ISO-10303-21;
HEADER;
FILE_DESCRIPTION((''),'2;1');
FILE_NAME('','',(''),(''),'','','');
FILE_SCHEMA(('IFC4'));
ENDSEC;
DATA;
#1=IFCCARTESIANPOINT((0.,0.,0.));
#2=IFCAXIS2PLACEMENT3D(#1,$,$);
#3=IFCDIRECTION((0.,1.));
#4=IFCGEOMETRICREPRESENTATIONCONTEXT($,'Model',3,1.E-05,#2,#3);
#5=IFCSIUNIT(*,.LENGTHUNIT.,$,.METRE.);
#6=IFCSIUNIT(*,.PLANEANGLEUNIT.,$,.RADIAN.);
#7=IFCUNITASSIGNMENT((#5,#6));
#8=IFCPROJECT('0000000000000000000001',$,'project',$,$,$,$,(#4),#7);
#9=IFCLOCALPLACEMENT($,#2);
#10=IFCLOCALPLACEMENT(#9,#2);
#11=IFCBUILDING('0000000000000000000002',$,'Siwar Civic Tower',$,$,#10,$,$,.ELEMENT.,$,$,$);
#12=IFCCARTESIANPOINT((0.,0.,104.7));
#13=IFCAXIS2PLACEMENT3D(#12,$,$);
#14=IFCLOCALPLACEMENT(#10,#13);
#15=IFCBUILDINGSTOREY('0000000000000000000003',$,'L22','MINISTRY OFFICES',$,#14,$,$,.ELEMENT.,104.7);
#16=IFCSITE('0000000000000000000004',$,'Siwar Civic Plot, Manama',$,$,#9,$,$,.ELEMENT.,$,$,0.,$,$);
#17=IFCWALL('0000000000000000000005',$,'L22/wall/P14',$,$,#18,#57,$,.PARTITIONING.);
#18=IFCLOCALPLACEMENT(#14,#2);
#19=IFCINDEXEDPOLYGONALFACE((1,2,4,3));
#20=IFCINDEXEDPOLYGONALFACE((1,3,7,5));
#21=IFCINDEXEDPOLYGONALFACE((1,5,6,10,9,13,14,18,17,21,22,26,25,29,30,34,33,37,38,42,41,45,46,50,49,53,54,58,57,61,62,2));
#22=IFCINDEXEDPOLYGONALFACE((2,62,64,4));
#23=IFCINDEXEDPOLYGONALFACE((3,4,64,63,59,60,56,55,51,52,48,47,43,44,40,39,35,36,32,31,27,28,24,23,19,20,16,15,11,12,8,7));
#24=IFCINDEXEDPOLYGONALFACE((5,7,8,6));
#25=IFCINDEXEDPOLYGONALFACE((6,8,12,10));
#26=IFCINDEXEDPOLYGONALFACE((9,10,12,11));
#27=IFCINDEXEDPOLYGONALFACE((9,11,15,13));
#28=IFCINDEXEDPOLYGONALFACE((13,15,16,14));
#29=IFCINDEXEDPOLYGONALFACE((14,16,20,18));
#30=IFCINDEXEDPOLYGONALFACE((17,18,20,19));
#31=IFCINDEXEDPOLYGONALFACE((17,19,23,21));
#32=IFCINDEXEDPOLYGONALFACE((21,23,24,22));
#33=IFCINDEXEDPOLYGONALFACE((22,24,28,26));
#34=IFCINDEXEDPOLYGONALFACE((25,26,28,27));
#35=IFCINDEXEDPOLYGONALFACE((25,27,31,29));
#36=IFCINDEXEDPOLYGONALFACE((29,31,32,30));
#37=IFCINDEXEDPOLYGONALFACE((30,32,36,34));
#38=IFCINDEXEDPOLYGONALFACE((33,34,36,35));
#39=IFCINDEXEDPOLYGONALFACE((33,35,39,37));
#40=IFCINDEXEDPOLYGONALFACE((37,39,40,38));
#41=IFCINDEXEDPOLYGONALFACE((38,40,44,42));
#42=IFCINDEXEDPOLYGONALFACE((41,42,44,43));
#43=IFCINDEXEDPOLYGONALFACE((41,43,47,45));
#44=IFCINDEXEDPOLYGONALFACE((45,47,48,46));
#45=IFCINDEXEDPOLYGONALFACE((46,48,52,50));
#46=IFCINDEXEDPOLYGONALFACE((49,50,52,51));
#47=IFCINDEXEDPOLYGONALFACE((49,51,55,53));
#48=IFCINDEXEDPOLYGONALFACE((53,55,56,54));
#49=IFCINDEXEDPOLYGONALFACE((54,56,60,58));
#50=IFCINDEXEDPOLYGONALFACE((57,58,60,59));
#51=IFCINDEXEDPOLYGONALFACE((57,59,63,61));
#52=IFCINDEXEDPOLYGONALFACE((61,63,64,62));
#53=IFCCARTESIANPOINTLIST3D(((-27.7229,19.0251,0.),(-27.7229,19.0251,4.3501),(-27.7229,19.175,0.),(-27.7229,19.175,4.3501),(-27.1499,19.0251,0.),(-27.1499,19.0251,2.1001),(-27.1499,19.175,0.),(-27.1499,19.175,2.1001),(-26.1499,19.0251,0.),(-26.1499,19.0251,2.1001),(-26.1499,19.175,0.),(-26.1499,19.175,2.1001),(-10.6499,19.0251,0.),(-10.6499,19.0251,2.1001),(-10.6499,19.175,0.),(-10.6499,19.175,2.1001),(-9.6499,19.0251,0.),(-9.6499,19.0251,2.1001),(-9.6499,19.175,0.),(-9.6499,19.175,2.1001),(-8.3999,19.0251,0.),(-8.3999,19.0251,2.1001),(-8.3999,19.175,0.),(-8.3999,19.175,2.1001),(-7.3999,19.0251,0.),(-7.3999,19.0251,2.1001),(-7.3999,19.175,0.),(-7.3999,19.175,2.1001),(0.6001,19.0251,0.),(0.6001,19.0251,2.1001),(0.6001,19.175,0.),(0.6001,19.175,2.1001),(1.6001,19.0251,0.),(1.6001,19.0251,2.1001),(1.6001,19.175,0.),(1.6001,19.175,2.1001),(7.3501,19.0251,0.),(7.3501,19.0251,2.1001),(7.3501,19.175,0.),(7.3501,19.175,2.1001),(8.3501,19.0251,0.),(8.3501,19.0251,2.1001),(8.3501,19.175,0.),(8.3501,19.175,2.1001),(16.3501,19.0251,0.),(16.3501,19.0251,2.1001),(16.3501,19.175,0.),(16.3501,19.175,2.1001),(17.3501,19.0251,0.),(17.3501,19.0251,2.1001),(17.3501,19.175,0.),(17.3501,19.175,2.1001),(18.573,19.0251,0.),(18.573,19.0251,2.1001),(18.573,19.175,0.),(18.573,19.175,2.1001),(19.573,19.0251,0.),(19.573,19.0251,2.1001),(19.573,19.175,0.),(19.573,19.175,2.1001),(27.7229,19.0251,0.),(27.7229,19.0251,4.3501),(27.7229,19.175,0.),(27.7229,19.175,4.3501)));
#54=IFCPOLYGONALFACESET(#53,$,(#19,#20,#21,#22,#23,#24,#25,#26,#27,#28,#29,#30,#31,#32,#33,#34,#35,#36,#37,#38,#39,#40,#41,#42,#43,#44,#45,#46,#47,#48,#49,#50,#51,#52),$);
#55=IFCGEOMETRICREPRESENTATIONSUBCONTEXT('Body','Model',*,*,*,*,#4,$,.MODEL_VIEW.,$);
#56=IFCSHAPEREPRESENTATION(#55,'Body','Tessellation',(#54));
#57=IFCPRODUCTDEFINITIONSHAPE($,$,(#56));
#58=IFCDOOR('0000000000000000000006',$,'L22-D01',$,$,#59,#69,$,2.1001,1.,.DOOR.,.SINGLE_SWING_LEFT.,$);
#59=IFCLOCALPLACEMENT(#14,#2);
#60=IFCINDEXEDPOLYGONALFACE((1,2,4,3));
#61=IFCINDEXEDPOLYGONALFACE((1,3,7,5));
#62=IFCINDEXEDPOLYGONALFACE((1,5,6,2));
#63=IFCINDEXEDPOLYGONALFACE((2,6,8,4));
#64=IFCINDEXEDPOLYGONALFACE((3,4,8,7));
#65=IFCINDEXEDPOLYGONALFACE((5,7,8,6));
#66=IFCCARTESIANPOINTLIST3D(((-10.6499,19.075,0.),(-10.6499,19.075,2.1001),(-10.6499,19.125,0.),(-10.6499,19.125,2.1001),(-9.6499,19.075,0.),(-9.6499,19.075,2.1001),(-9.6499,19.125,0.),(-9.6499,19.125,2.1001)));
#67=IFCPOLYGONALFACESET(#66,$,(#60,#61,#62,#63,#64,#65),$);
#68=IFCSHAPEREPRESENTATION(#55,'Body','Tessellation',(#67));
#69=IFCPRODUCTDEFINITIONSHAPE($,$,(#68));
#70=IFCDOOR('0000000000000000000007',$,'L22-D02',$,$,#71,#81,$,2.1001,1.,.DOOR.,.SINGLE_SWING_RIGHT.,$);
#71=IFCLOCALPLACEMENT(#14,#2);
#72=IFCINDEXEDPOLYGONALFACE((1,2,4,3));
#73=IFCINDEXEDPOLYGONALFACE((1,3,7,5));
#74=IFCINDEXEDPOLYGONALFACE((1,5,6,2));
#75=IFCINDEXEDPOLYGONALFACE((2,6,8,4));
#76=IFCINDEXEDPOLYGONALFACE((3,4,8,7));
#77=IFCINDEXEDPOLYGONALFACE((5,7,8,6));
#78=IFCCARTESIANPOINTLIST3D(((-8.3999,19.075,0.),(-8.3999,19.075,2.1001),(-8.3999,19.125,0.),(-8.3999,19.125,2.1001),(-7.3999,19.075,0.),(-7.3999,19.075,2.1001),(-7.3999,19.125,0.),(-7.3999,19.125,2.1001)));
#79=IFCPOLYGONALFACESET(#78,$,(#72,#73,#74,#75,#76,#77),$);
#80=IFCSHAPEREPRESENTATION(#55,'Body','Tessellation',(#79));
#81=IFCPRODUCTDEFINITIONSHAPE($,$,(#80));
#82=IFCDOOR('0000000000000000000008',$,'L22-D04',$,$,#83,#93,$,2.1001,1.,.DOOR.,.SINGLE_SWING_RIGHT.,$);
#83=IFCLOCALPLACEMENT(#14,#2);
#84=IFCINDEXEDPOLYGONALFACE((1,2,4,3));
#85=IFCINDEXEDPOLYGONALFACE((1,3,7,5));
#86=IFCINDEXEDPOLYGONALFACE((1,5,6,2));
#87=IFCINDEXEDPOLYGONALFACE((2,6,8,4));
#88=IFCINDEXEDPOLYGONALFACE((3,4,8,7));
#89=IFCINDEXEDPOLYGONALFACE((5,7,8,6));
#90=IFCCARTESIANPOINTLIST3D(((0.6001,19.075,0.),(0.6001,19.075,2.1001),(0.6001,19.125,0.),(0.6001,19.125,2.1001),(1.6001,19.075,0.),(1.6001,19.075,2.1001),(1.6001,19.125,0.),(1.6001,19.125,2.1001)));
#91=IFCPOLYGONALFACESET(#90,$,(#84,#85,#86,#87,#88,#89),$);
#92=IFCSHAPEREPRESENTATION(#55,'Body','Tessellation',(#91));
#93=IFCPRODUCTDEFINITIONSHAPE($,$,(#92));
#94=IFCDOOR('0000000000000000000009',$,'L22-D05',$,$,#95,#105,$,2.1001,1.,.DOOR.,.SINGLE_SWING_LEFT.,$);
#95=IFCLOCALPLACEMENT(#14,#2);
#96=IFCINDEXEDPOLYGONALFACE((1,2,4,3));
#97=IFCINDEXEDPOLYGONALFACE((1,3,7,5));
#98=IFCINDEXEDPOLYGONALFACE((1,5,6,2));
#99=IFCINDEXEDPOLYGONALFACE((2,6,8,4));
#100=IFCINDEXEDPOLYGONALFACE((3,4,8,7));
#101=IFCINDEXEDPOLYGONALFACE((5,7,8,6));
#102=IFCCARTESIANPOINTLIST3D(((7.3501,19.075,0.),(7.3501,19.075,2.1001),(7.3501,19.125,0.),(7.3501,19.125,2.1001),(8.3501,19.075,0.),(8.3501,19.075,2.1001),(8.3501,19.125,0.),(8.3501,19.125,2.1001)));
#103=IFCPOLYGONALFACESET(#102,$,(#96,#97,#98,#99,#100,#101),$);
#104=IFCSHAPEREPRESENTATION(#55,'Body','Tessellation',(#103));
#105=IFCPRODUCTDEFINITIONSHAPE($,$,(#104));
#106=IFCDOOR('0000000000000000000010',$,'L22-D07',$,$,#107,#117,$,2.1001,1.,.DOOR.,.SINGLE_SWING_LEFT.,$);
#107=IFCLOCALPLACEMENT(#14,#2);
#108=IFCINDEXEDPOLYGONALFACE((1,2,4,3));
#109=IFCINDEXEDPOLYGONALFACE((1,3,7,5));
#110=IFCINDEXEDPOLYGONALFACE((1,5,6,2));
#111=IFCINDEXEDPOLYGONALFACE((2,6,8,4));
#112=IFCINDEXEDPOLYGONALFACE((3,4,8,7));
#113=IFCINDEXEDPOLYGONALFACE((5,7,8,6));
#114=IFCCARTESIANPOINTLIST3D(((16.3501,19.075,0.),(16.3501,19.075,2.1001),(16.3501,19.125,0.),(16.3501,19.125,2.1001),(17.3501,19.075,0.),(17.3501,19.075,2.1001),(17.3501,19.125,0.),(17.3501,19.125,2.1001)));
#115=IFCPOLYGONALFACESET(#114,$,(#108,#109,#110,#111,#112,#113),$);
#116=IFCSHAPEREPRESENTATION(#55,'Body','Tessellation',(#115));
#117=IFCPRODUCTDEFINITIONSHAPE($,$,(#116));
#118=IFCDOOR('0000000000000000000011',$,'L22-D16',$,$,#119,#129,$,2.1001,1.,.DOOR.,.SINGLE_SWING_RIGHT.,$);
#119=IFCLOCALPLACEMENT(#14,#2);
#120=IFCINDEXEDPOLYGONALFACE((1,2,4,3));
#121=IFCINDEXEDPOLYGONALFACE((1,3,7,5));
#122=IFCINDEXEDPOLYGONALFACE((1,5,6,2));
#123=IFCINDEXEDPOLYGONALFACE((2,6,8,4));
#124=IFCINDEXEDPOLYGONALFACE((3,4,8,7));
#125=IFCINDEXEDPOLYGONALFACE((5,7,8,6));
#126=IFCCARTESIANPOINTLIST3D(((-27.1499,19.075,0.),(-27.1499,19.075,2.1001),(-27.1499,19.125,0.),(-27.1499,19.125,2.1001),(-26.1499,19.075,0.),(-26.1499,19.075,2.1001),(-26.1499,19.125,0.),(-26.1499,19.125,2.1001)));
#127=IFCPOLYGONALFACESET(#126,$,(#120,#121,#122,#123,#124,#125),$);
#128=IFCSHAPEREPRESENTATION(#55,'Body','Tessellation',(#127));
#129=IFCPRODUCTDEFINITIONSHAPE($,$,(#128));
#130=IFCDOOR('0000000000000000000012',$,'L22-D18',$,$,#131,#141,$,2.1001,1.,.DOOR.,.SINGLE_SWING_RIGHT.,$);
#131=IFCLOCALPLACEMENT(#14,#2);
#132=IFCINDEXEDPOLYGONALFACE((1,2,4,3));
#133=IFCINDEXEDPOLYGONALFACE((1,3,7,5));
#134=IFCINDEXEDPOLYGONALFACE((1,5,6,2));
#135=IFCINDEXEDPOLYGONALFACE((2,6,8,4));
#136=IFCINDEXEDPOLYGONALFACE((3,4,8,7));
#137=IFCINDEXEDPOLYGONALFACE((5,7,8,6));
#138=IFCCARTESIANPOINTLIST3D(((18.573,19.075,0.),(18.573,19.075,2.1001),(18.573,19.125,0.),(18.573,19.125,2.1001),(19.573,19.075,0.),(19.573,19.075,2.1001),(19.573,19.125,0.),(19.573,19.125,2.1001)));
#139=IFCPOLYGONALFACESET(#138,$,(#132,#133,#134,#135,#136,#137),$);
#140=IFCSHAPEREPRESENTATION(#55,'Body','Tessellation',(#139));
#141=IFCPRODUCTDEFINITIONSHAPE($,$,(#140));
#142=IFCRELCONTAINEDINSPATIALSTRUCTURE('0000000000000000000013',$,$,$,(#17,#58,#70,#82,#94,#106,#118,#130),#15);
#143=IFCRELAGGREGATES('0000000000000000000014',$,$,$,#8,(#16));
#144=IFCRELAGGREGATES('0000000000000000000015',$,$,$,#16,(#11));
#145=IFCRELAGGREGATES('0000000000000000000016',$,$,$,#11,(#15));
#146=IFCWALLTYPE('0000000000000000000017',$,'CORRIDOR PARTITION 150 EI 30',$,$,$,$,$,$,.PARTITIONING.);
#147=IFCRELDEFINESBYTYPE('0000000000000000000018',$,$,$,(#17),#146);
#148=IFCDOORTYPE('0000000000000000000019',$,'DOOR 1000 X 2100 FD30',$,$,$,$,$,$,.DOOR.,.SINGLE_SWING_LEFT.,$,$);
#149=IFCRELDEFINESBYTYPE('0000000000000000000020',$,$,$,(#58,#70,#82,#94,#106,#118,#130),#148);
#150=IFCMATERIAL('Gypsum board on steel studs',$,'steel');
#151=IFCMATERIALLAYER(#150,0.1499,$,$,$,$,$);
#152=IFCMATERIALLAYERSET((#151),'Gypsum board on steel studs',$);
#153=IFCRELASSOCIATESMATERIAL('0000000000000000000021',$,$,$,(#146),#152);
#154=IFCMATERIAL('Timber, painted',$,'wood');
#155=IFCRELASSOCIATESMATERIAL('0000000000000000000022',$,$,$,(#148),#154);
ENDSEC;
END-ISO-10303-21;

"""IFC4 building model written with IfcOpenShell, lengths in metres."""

from ifc_helpers import new_model, si_unit, direction, frame, frame_2d, origin, place, context, subcontext, project, spatial, rectangle, extrude, material, layer, layer_set, type_object, element, fill, save


model = new_model("IFC4")

# Units and contexts
model_context = context("Model", 3, precision=1e-05, world=origin(), true_north=direction((0.0, 1.0)))
body_context = subcontext(model_context, "Body", "Model", "MODEL_VIEW")
ifc_project = project(units=[si_unit("LENGTHUNIT", "METRE"), si_unit("PLANEANGLEUNIT", "RADIAN")], contexts=[model_context])

# Site, building, storey
site_placement = place(None, origin())
site = spatial("IfcSite", under=ifc_project, at=site_placement, Name="Siwar Civic Plot, Manama", CompositionType="ELEMENT", RefElevation=0.0)
building_placement = place(site_placement, origin())
building = spatial("IfcBuilding", under=site, at=building_placement, Name="Siwar Civic Tower", CompositionType="ELEMENT")
storey_placement = place(building_placement, frame((0.0, 0.0, 104.7)))
storey = spatial("IfcBuildingStorey", under=building, at=storey_placement, Name="L22", Description="MINISTRY OFFICES", CompositionType="ELEMENT", Elevation=104.7)

# Wall, openings, doors
ifc_material_1 = material(Name="Gypsum board on steel studs", Category="steel")
ifc_layer_1 = layer(ifc_material_1, 0.1499)
ifc_layer_set_1 = layer_set([ifc_layer_1], Name="Gypsum board on steel studs")
wall_type_1 = type_object("IfcWallType", Name="CORRIDOR PARTITION 150 EI 30", PredefinedType="PARTITIONING", material=ifc_layer_set_1)
wall_1_placement = place(storey_placement, frame((-27.7229, 19.1001, 0.0), z_axis=(0.0, 0.0, 1.0), x_axis=(1.0, 0.0, 0.0)))
wall_1 = element("IfcWall", 1, at=wall_1_placement, inside=storey, type_object=wall_type_1, Name="L22/wall/P14", PredefinedType="PARTITIONING", context=body_context, shape_type="SweptSolid", body=[
    extrude(rectangle(XDim=55.4458, YDim=0.1499, at=frame_2d((27.7229, 0.0))), origin(), (0.0, 0.0, 1.0), 4.3501),
])
opening_1_placement = place(wall_1_placement, frame((17.073, 0.0, 0.0)))
opening_1 = element("IfcOpeningElement", 2, at=opening_1_placement, cuts=wall_1, PredefinedType="OPENING", context=body_context, shape_type="SweptSolid", body=[
    extrude(rectangle(XDim=1.0, YDim=2.1001, at=frame_2d((0.5, 1.05))), frame((0.0, 0.085, 0.0), z_axis=(0.0, -1.0, 0.0), x_axis=(1.0, 0.0, 0.0)), (0.0, 0.0, 1.0), 0.1699),
])
opening_2_placement = place(wall_1_placement, frame((19.323, 0.0, 0.0)))
opening_2 = element("IfcOpeningElement", 3, at=opening_2_placement, cuts=wall_1, PredefinedType="OPENING", context=body_context, shape_type="SweptSolid", body=[
    extrude(rectangle(XDim=1.0, YDim=2.1001, at=frame_2d((0.5, 1.05))), frame((0.0, 0.085, 0.0), z_axis=(0.0, -1.0, 0.0), x_axis=(1.0, 0.0, 0.0)), (0.0, 0.0, 1.0), 0.1699),
])
opening_3_placement = place(wall_1_placement, frame((28.323, 0.0, 0.0)))
opening_3 = element("IfcOpeningElement", 4, at=opening_3_placement, cuts=wall_1, PredefinedType="OPENING", context=body_context, shape_type="SweptSolid", body=[
    extrude(rectangle(XDim=1.0, YDim=2.1001, at=frame_2d((0.5, 1.05))), frame((0.0, 0.085, 0.0), z_axis=(0.0, -1.0, 0.0), x_axis=(1.0, 0.0, 0.0)), (0.0, 0.0, 1.0), 0.1699),
])
opening_4_placement = place(wall_1_placement, frame((35.073, 0.0, 0.0)))
opening_4 = element("IfcOpeningElement", 5, at=opening_4_placement, cuts=wall_1, PredefinedType="OPENING", context=body_context, shape_type="SweptSolid", body=[
    extrude(rectangle(XDim=1.0, YDim=2.1001, at=frame_2d((0.5, 1.05))), frame((0.0, 0.085, 0.0), z_axis=(0.0, -1.0, 0.0), x_axis=(1.0, 0.0, 0.0)), (0.0, 0.0, 1.0), 0.1699),
])
opening_5_placement = place(wall_1_placement, frame((44.073, 0.0, 0.0)))
opening_5 = element("IfcOpeningElement", 6, at=opening_5_placement, cuts=wall_1, PredefinedType="OPENING", context=body_context, shape_type="SweptSolid", body=[
    extrude(rectangle(XDim=1.0, YDim=2.1001, at=frame_2d((0.5, 1.05))), frame((0.0, 0.085, 0.0), z_axis=(0.0, -1.0, 0.0), x_axis=(1.0, 0.0, 0.0)), (0.0, 0.0, 1.0), 0.1699),
])
opening_6_placement = place(wall_1_placement, frame((0.573, 0.0, 0.0)))
opening_6 = element("IfcOpeningElement", 7, at=opening_6_placement, cuts=wall_1, PredefinedType="OPENING", context=body_context, shape_type="SweptSolid", body=[
    extrude(rectangle(XDim=1.0, YDim=2.1001, at=frame_2d((0.5, 1.05))), frame((0.0, 0.085, 0.0), z_axis=(0.0, -1.0, 0.0), x_axis=(1.0, 0.0, 0.0)), (0.0, 0.0, 1.0), 0.1699),
])
opening_7_placement = place(wall_1_placement, frame((46.2959, 0.0, 0.0)))
opening_7 = element("IfcOpeningElement", 8, at=opening_7_placement, cuts=wall_1, PredefinedType="OPENING", context=body_context, shape_type="SweptSolid", body=[
    extrude(rectangle(XDim=1.0, YDim=2.1001, at=frame_2d((0.5, 1.05))), frame((0.0, 0.085, 0.0), z_axis=(0.0, -1.0, 0.0), x_axis=(1.0, 0.0, 0.0)), (0.0, 0.0, 1.0), 0.1699),
])
ifc_material_2 = material(Name="Timber, painted", Category="wood")
door_type_1 = type_object("IfcDoorType", Name="DOOR 1000 X 2100 FD30", OperationType="SINGLE_SWING_LEFT", PredefinedType="DOOR", material=ifc_material_2)
door_1_placement = place(opening_1_placement, origin())
door_1 = element("IfcDoor", 9, at=door_1_placement, inside=storey, type_object=door_type_1, Name="L22-D01", OperationType="SINGLE_SWING_LEFT", OverallHeight=2.1001, OverallWidth=1.0, PredefinedType="DOOR", context=body_context, shape_type="SweptSolid", body=[
    extrude(rectangle(XDim=1.0, YDim=2.1001, at=frame_2d((0.5, 1.05))), frame((0.0, 0.0249, 0.0), z_axis=(0.0, -1.0, 0.0), x_axis=(1.0, 0.0, 0.0)), (0.0, 0.0, 1.0), 0.05),
])
fill(opening_1, door_1)
door_2_placement = place(opening_2_placement, origin())
door_2 = element("IfcDoor", 10, at=door_2_placement, inside=storey, type_object=door_type_1, Name="L22-D02", OperationType="SINGLE_SWING_RIGHT", OverallHeight=2.1001, OverallWidth=1.0, PredefinedType="DOOR", context=body_context, shape_type="SweptSolid", body=[
    extrude(rectangle(XDim=1.0, YDim=2.1001, at=frame_2d((0.5, 1.05))), frame((0.0, 0.0249, 0.0), z_axis=(0.0, -1.0, 0.0), x_axis=(1.0, 0.0, 0.0)), (0.0, 0.0, 1.0), 0.05),
])
fill(opening_2, door_2)
door_3_placement = place(opening_3_placement, origin())
door_3 = element("IfcDoor", 11, at=door_3_placement, inside=storey, type_object=door_type_1, Name="L22-D04", OperationType="SINGLE_SWING_RIGHT", OverallHeight=2.1001, OverallWidth=1.0, PredefinedType="DOOR", context=body_context, shape_type="SweptSolid", body=[
    extrude(rectangle(XDim=1.0, YDim=2.1001, at=frame_2d((0.5, 1.05))), frame((0.0, 0.0249, 0.0), z_axis=(0.0, -1.0, 0.0), x_axis=(1.0, 0.0, 0.0)), (0.0, 0.0, 1.0), 0.05),
])
fill(opening_3, door_3)
door_4_placement = place(opening_4_placement, origin())
door_4 = element("IfcDoor", 12, at=door_4_placement, inside=storey, type_object=door_type_1, Name="L22-D05", OperationType="SINGLE_SWING_LEFT", OverallHeight=2.1001, OverallWidth=1.0, PredefinedType="DOOR", context=body_context, shape_type="SweptSolid", body=[
    extrude(rectangle(XDim=1.0, YDim=2.1001, at=frame_2d((0.5, 1.05))), frame((0.0, 0.0249, 0.0), z_axis=(0.0, -1.0, 0.0), x_axis=(1.0, 0.0, 0.0)), (0.0, 0.0, 1.0), 0.05),
])
fill(opening_4, door_4)
door_5_placement = place(opening_5_placement, origin())
door_5 = element("IfcDoor", 13, at=door_5_placement, inside=storey, type_object=door_type_1, Name="L22-D07", OperationType="SINGLE_SWING_LEFT", OverallHeight=2.1001, OverallWidth=1.0, PredefinedType="DOOR", context=body_context, shape_type="SweptSolid", body=[
    extrude(rectangle(XDim=1.0, YDim=2.1001, at=frame_2d((0.5, 1.05))), frame((0.0, 0.0249, 0.0), z_axis=(0.0, -1.0, 0.0), x_axis=(1.0, 0.0, 0.0)), (0.0, 0.0, 1.0), 0.05),
])
fill(opening_5, door_5)
door_6_placement = place(opening_6_placement, origin())
door_6 = element("IfcDoor", 14, at=door_6_placement, inside=storey, type_object=door_type_1, Name="L22-D16", OperationType="SINGLE_SWING_RIGHT", OverallHeight=2.1001, OverallWidth=1.0, PredefinedType="DOOR", context=body_context, shape_type="SweptSolid", body=[
    extrude(rectangle(XDim=1.0, YDim=2.1001, at=frame_2d((0.5, 1.05))), frame((0.0, 0.0249, 0.0), z_axis=(0.0, -1.0, 0.0), x_axis=(1.0, 0.0, 0.0)), (0.0, 0.0, 1.0), 0.05),
])
fill(opening_6, door_6)
door_7_placement = place(opening_7_placement, origin())
door_7 = element("IfcDoor", 15, at=door_7_placement, inside=storey, type_object=door_type_1, Name="L22-D18", OperationType="SINGLE_SWING_RIGHT", OverallHeight=2.1001, OverallWidth=1.0, PredefinedType="DOOR", context=body_context, shape_type="SweptSolid", body=[
    extrude(rectangle(XDim=1.0, YDim=2.1001, at=frame_2d((0.5, 1.05))), frame((0.0, 0.0249, 0.0), z_axis=(0.0, -1.0, 0.0), x_axis=(1.0, 0.0, 0.0)), (0.0, 0.0, 1.0), 0.05),
])
fill(opening_7, door_7)

save(model, "model.ifc")
